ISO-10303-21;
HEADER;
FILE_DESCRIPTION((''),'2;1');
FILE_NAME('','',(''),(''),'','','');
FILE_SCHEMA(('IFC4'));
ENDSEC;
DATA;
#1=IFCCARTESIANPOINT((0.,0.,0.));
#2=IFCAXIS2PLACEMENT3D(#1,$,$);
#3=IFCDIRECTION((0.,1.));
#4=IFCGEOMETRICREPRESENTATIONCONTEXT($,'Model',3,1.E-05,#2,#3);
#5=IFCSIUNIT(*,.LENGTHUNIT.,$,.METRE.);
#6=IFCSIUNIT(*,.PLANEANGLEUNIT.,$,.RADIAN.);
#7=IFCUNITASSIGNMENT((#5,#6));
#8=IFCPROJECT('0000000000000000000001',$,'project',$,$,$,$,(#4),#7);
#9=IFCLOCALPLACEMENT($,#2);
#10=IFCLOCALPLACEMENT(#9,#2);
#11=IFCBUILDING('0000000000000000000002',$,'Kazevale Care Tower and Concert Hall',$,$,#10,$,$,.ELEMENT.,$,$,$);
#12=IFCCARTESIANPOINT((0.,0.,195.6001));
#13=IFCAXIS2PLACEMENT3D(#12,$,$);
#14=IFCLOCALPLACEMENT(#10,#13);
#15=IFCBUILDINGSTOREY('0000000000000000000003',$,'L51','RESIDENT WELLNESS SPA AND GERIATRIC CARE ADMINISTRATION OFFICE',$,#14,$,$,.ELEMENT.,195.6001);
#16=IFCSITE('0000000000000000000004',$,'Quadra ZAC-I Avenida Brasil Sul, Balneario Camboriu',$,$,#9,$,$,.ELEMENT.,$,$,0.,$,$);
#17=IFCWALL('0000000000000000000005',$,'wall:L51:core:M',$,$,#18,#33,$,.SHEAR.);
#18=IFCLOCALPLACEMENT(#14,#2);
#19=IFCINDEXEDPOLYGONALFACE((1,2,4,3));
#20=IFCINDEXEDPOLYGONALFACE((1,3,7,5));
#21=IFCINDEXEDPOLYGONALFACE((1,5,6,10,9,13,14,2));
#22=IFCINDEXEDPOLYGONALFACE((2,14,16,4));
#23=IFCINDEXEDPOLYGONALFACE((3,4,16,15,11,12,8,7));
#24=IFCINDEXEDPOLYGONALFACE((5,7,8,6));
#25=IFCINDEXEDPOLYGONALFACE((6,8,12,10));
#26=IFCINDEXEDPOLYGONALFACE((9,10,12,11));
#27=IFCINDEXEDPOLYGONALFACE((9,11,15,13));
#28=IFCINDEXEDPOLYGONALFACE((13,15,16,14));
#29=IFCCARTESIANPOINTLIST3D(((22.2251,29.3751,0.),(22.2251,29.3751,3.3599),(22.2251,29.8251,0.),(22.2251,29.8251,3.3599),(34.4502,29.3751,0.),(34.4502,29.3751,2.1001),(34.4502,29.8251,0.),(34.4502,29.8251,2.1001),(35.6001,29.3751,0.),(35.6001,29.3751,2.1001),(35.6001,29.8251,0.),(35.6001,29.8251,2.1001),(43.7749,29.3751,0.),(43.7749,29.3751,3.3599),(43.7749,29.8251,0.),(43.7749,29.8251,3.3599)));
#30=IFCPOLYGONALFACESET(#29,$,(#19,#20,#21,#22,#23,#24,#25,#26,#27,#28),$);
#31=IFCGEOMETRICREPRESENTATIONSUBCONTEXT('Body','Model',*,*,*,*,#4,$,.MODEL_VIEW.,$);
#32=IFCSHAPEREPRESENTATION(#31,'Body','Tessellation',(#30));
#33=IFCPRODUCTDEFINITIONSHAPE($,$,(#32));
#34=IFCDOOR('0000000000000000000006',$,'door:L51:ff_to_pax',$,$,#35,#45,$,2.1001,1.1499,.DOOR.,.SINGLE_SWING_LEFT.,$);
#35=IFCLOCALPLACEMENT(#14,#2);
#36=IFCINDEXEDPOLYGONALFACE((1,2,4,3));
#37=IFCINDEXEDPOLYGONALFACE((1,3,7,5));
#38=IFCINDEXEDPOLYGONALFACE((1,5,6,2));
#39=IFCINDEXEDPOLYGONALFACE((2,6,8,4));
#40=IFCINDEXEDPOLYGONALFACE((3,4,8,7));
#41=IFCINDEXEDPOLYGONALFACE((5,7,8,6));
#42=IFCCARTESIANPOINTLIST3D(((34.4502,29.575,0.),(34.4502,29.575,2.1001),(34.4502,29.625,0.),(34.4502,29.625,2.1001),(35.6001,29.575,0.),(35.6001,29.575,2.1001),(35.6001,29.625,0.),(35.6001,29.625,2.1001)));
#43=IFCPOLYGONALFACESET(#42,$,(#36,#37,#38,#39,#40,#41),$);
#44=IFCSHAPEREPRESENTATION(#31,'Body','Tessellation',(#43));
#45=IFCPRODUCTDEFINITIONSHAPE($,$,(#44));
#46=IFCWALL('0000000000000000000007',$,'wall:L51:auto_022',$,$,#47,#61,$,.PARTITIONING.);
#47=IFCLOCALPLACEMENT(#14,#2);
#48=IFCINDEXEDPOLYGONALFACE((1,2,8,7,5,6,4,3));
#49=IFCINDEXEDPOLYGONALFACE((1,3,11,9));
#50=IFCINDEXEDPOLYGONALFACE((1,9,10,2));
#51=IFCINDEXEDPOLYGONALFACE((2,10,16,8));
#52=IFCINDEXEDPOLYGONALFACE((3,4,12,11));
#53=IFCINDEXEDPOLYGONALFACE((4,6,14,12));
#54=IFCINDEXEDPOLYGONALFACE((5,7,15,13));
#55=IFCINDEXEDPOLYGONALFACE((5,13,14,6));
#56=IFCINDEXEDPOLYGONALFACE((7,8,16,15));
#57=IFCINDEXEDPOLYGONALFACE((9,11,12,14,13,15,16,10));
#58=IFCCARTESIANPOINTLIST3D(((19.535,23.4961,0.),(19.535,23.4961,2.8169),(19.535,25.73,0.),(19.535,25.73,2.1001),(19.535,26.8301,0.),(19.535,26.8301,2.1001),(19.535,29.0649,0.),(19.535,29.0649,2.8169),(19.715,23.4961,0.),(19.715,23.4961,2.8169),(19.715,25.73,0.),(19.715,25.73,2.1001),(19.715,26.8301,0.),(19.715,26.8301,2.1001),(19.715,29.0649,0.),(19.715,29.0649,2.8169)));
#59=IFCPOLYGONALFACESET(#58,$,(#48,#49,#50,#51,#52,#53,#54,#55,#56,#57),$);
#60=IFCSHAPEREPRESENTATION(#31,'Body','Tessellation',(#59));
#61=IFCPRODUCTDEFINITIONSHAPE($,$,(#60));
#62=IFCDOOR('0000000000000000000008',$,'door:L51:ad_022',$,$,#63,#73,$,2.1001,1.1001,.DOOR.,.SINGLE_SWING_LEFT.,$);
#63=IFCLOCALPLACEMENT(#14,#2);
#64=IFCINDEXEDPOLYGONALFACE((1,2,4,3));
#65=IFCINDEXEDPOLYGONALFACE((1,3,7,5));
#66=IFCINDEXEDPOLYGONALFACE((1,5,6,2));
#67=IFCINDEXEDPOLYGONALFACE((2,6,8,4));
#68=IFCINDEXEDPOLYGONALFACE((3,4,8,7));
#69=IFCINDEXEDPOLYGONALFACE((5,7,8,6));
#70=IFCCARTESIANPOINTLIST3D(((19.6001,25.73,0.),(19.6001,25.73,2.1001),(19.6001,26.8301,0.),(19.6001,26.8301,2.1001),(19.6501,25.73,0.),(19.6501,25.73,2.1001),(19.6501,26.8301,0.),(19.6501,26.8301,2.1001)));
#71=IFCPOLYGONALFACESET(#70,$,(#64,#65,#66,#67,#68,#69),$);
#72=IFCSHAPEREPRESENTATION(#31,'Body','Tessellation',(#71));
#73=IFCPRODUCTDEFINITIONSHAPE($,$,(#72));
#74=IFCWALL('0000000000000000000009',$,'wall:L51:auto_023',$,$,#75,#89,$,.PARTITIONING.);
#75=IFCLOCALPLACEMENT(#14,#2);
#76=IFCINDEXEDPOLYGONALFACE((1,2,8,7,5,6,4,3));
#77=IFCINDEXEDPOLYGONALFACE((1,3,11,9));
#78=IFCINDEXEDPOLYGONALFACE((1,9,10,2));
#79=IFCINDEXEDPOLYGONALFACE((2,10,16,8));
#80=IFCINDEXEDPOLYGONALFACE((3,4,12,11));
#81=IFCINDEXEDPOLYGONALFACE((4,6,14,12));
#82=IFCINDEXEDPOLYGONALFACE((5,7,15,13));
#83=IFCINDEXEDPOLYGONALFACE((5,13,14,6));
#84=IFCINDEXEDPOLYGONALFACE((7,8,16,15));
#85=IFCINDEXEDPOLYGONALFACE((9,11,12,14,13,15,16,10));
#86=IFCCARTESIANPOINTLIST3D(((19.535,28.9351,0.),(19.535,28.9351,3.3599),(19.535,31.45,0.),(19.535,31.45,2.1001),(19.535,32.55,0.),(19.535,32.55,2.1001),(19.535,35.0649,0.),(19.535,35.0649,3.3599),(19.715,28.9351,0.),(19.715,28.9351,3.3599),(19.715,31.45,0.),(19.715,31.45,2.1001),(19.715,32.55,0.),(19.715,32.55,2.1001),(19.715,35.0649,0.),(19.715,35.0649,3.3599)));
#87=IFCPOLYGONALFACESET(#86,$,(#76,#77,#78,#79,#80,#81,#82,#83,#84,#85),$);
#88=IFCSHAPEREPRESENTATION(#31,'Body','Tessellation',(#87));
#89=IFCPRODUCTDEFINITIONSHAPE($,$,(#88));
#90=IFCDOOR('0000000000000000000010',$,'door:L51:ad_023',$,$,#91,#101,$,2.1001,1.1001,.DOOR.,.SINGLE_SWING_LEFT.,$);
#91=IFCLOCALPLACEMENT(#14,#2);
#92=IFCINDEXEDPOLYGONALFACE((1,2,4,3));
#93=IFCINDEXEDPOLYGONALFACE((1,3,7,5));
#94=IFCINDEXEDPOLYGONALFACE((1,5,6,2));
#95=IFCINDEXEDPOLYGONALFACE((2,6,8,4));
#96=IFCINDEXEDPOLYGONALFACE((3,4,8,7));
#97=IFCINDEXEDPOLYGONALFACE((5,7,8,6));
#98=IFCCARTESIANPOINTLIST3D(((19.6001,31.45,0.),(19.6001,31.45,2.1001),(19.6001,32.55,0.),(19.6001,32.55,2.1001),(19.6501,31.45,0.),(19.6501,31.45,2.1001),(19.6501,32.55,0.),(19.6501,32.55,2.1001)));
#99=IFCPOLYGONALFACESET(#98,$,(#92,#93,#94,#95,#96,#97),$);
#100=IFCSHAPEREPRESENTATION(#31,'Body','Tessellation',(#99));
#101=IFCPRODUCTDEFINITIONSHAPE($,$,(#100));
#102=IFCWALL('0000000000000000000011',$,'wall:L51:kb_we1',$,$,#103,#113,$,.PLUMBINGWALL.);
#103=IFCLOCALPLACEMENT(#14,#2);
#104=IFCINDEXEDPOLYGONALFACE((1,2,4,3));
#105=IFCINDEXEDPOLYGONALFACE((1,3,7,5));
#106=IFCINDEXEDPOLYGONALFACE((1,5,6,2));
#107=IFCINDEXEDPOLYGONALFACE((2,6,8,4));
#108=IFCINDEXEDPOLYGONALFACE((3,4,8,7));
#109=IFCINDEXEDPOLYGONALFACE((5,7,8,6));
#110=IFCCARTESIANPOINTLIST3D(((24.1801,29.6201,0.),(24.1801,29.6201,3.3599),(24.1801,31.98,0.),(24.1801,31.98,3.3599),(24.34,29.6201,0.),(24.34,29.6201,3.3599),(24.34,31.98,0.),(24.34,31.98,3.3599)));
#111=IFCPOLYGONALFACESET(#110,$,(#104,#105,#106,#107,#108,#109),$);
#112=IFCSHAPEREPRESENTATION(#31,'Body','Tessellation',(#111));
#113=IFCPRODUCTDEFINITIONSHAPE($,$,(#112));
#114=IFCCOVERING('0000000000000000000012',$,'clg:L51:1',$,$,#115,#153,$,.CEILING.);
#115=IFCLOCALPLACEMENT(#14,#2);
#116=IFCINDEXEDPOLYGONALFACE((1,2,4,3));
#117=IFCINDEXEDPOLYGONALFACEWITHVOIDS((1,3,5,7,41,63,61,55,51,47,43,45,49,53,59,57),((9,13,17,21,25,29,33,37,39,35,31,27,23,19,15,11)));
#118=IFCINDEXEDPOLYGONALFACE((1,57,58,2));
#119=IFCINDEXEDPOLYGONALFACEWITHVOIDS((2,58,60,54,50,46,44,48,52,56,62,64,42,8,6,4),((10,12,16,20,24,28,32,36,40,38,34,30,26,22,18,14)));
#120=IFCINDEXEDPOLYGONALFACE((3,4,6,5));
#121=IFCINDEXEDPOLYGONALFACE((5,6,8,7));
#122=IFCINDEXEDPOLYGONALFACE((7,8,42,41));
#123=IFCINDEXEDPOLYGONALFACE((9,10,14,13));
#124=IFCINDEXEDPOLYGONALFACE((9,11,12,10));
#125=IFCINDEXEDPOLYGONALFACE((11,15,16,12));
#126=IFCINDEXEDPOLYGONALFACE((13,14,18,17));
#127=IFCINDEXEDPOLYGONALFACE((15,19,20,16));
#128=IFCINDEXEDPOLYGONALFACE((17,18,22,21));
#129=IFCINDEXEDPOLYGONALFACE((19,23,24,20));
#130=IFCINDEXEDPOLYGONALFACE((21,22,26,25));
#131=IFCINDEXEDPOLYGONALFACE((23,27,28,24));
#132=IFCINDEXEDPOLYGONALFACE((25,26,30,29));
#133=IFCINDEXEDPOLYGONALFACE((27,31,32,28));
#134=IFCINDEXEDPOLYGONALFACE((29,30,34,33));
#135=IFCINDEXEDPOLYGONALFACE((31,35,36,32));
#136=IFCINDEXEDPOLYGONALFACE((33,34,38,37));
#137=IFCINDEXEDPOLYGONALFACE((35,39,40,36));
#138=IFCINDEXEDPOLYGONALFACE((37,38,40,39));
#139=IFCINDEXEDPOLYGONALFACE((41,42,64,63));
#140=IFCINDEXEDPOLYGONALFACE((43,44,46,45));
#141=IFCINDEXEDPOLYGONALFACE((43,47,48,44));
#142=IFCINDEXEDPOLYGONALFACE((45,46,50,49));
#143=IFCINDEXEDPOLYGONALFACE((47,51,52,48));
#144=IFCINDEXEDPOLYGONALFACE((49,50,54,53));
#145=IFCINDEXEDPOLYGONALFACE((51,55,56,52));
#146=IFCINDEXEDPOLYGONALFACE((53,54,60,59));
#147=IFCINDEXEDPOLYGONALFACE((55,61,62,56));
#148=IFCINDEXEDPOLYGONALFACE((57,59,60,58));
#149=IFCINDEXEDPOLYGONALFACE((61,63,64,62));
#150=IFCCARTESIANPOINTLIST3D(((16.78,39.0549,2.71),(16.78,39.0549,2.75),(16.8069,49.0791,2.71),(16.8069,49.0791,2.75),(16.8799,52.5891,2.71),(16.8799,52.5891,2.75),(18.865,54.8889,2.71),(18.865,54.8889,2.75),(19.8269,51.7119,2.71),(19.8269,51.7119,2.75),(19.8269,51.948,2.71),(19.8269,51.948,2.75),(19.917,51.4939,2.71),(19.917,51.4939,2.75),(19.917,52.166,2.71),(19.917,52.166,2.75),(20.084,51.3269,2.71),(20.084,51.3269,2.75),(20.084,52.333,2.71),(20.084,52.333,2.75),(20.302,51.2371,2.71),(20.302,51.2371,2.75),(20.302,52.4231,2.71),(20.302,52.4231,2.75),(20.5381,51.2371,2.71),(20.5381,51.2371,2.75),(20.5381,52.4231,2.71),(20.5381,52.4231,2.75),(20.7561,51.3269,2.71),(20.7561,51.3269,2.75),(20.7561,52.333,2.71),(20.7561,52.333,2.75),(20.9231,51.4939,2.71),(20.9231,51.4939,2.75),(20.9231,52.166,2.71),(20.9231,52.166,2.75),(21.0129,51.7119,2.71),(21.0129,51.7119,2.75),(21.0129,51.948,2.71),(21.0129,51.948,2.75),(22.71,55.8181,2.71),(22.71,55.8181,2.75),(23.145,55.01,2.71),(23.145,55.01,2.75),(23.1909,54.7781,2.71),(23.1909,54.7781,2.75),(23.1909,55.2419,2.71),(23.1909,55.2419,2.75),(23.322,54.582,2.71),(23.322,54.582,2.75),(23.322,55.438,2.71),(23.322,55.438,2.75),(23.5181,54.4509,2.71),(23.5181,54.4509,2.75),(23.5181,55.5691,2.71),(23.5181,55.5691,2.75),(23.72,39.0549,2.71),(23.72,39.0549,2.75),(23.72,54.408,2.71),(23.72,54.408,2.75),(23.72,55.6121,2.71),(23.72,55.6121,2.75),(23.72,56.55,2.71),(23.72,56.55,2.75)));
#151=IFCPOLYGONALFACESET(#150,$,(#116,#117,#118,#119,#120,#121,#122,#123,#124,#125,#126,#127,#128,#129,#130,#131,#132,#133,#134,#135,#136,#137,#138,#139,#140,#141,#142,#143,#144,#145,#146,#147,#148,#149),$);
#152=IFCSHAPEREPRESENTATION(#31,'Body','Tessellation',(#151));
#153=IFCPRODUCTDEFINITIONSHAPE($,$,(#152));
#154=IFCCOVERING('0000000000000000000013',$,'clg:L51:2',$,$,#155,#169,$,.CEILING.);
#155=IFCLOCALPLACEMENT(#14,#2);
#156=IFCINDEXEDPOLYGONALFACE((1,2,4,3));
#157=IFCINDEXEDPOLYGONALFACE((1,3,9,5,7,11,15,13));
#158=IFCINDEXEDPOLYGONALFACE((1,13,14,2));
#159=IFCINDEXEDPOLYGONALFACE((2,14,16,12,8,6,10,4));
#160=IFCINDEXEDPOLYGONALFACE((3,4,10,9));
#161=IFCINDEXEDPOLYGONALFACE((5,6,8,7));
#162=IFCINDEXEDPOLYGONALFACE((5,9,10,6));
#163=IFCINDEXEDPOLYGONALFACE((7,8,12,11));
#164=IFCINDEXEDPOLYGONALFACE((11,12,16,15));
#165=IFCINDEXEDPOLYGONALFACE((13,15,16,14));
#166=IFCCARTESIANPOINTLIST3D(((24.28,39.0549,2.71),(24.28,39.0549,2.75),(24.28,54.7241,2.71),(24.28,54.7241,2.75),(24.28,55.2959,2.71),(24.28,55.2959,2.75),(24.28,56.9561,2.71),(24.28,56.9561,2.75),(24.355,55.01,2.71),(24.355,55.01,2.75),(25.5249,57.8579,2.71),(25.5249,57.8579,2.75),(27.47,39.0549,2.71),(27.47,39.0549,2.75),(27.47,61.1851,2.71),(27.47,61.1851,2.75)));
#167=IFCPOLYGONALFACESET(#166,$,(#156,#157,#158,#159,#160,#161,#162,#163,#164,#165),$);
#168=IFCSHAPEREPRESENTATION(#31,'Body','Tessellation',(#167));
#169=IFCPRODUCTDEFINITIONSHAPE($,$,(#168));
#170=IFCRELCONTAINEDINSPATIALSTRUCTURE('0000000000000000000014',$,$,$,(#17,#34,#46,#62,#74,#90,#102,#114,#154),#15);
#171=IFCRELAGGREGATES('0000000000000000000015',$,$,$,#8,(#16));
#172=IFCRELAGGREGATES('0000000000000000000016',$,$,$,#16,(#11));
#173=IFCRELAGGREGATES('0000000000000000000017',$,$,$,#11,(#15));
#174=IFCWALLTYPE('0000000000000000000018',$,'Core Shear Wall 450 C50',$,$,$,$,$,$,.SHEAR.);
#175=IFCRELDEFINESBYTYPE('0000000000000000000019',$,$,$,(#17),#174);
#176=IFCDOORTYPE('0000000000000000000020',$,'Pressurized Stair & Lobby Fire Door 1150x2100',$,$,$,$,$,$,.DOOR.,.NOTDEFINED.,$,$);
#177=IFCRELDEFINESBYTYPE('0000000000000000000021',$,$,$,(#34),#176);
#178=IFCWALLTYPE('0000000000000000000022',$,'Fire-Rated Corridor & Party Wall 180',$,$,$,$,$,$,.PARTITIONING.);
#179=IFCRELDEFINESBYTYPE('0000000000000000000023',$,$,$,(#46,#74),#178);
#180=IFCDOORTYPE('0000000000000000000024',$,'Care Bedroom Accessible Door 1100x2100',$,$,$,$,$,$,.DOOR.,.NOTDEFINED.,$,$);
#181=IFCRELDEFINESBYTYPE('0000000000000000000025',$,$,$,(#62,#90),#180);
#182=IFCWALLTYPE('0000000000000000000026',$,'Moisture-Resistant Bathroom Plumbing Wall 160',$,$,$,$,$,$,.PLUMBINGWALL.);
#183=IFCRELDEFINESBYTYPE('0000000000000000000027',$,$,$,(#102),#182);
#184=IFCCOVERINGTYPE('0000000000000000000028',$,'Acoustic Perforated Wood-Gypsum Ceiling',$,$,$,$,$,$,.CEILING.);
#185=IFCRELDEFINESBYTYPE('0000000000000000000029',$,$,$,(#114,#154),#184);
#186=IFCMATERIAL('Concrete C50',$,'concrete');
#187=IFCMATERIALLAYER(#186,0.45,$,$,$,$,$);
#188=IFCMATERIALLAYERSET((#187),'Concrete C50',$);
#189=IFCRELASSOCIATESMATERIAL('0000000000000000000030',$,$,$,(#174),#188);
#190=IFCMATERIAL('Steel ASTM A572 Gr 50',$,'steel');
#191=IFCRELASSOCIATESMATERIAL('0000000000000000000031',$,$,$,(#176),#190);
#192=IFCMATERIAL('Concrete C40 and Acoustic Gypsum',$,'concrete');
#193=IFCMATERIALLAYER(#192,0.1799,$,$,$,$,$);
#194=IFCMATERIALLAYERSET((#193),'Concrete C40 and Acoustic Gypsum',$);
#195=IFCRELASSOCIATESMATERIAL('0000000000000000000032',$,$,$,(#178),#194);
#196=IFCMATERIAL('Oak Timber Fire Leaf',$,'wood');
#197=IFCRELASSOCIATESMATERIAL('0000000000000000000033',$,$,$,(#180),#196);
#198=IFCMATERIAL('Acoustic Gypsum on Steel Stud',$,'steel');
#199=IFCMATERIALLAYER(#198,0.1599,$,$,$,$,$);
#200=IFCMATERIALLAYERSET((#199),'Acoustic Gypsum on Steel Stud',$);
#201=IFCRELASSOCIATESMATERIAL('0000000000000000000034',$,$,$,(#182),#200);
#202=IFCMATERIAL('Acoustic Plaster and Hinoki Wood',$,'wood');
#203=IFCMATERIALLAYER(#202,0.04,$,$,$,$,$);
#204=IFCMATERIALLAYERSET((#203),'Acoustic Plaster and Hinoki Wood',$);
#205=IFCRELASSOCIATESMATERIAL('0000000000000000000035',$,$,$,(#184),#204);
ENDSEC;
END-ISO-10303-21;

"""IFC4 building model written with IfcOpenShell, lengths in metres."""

from ifc_helpers import new_model, si_unit, direction, frame, frame_2d, origin, place, context, subcontext, project, spatial, polyline, rectangle, outline, extrude, material, layer, layer_set, type_object, element, fill, save


model = new_model("IFC4")

# Units and contexts
model_context = context("Model", 3, precision=1e-05, world=origin(), true_north=direction((0.0, 1.0)))
body_context = subcontext(model_context, "Body", "Model", "MODEL_VIEW")
ifc_project = project(units=[si_unit("LENGTHUNIT", "METRE"), si_unit("PLANEANGLEUNIT", "RADIAN")], contexts=[model_context])

# Site, building, storey
site_placement = place(None, origin())
site = spatial("IfcSite", under=ifc_project, at=site_placement, Name="Quadra ZAC-I Avenida Brasil Sul, Balneario Camboriu", CompositionType="ELEMENT", RefElevation=0.0)
building_placement = place(site_placement, origin())
building = spatial("IfcBuilding", under=site, at=building_placement, Name="Kazevale Care Tower and Concert Hall", CompositionType="ELEMENT")
storey_placement = place(building_placement, frame((0.0, 0.0, 195.6001)))
storey = spatial("IfcBuildingStorey", under=building, at=storey_placement, Name="L51", Description="RESIDENT WELLNESS SPA AND GERIATRIC CARE ADMINISTRATION OFFICE", CompositionType="ELEMENT", Elevation=195.6001)

# Shared definitions
ifc_material_1 = material(Name="Concrete C50", Category="concrete")

# Shared definitions
ifc_material_2 = material(Name="Steel ASTM A572 Gr 50", Category="steel")

# Shared definitions
ifc_material_3 = material(Name="Acoustic Gypsum on Steel Stud", Category="steel")
ifc_layer_1 = layer(ifc_material_1, 0.45)
ifc_layer_set_1 = layer_set([ifc_layer_1], Name="Concrete C50")
wall_type_1 = type_object("IfcWallType", Name="Core Shear Wall 450 C50", PredefinedType="SHEAR", material=ifc_layer_set_1)

# Walls, openings, doors
wall_1_placement = place(storey_placement, frame((22.2251, 29.6001, 0.0), z_axis=(0.0, 0.0, 1.0), x_axis=(1.0, 0.0, 0.0)))
wall_1 = element("IfcWall", 1, at=wall_1_placement, inside=storey, type_object=wall_type_1, Name="wall:L51:core:M", PredefinedType="SHEAR", context=body_context, shape_type="SweptSolid", body=[
    extrude(rectangle(XDim=21.5498, YDim=0.45, at=frame_2d((10.7749, 0.0))), origin(), (0.0, 0.0, 1.0), 3.3599),
])
opening_1_placement = place(wall_1_placement, frame((12.2251, 0.0, 0.0)))
opening_1 = element("IfcOpeningElement", 2, at=opening_1_placement, cuts=wall_1, PredefinedType="OPENING", context=body_context, shape_type="SweptSolid", body=[
    extrude(rectangle(XDim=1.1499, YDim=2.1001, at=frame_2d((0.575, 1.05))), frame((0.0, 0.2349, 0.0), z_axis=(0.0, -1.0, 0.0), x_axis=(1.0, 0.0, 0.0)), (0.0, 0.0, 1.0), 0.47),
])
door_type_1 = type_object("IfcDoorType", Name="Pressurized Stair & Lobby Fire Door 1150x2100", OperationType="NOTDEFINED", PredefinedType="DOOR", material=ifc_material_2)
door_1_placement = place(opening_1_placement, origin())
door_1 = element("IfcDoor", 3, at=door_1_placement, inside=storey, type_object=door_type_1, Name="door:L51:ff_to_pax", OperationType="SINGLE_SWING_LEFT", OverallHeight=2.1001, OverallWidth=1.1499, PredefinedType="DOOR", context=body_context, shape_type="SweptSolid", body=[
    extrude(rectangle(XDim=1.1499, YDim=2.1001, at=frame_2d((0.575, 1.05))), frame((0.0, 0.0249, 0.0), z_axis=(0.0, -1.0, 0.0), x_axis=(1.0, 0.0, 0.0)), (0.0, 0.0, 1.0), 0.05),
])
fill(opening_1, door_1)
ifc_material_4 = material(Name="Concrete C40 and Acoustic Gypsum", Category="concrete")
ifc_layer_2 = layer(ifc_material_4, 0.1799)
ifc_layer_set_2 = layer_set([ifc_layer_2], Name="Concrete C40 and Acoustic Gypsum")
wall_type_2 = type_object("IfcWallType", Name="Fire-Rated Corridor & Party Wall 180", PredefinedType="PARTITIONING", material=ifc_layer_set_2)
wall_2_placement = place(storey_placement, frame((19.625, 23.4961, 0.0), z_axis=(0.0, 0.0, 1.0), x_axis=(0.0, 1.0, 0.0)))
wall_2 = element("IfcWall", 4, at=wall_2_placement, inside=storey, type_object=wall_type_2, Name="wall:L51:auto_022", PredefinedType="PARTITIONING", context=body_context, shape_type="SweptSolid", body=[
    extrude(rectangle(XDim=5.5688, YDim=0.1799, at=frame_2d((2.7844, 0.0))), origin(), (0.0, 0.0, 1.0), 2.8169),
])
opening_2_placement = place(wall_2_placement, frame((2.2339, 0.0, 0.0)))
opening_2 = element("IfcOpeningElement", 5, at=opening_2_placement, cuts=wall_2, PredefinedType="OPENING", context=body_context, shape_type="SweptSolid", body=[
    extrude(rectangle(XDim=1.1001, YDim=2.1001, at=frame_2d((0.55, 1.05))), frame((0.0, 0.0999, 0.0), z_axis=(0.0, -1.0, 0.0), x_axis=(1.0, 0.0, 0.0)), (0.0, 0.0, 1.0), 0.2),
])
ifc_material_5 = material(Name="Oak Timber Fire Leaf", Category="wood")
door_type_2 = type_object("IfcDoorType", Name="Care Bedroom Accessible Door 1100x2100", OperationType="NOTDEFINED", PredefinedType="DOOR", material=ifc_material_5)
door_2_placement = place(opening_2_placement, origin())
door_2 = element("IfcDoor", 6, at=door_2_placement, inside=storey, type_object=door_type_2, Name="door:L51:ad_022", OperationType="SINGLE_SWING_LEFT", OverallHeight=2.1001, OverallWidth=1.1001, PredefinedType="DOOR", context=body_context, shape_type="SweptSolid", body=[
    extrude(rectangle(XDim=1.1001, YDim=2.1001, at=frame_2d((0.55, 1.05))), frame((0.0, 0.0249, 0.0), z_axis=(0.0, -1.0, 0.0), x_axis=(1.0, 0.0, 0.0)), (0.0, 0.0, 1.0), 0.05),
])
fill(opening_2, door_2)
wall_3_placement = place(storey_placement, frame((19.625, 28.9351, 0.0), z_axis=(0.0, 0.0, 1.0), x_axis=(0.0, 1.0, 0.0)))
wall_3 = element("IfcWall", 7, at=wall_3_placement, inside=storey, type_object=wall_type_2, Name="wall:L51:auto_023", PredefinedType="PARTITIONING", context=body_context, shape_type="SweptSolid", body=[
    extrude(rectangle(XDim=6.1299, YDim=0.1799, at=frame_2d((3.0649, 0.0))), origin(), (0.0, 0.0, 1.0), 3.3599),
])
opening_3_placement = place(wall_3_placement, frame((2.5149, 0.0, 0.0)))
opening_3 = element("IfcOpeningElement", 8, at=opening_3_placement, cuts=wall_3, PredefinedType="OPENING", context=body_context, shape_type="SweptSolid", body=[
    extrude(rectangle(XDim=1.1001, YDim=2.1001, at=frame_2d((0.55, 1.05))), frame((0.0, 0.0999, 0.0), z_axis=(0.0, -1.0, 0.0), x_axis=(1.0, 0.0, 0.0)), (0.0, 0.0, 1.0), 0.2),
])
door_3_placement = place(opening_3_placement, origin())
door_3 = element("IfcDoor", 9, at=door_3_placement, inside=storey, type_object=door_type_2, Name="door:L51:ad_023", OperationType="SINGLE_SWING_LEFT", OverallHeight=2.1001, OverallWidth=1.1001, PredefinedType="DOOR", context=body_context, shape_type="SweptSolid", body=[
    extrude(rectangle(XDim=1.1001, YDim=2.1001, at=frame_2d((0.55, 1.05))), frame((0.0, 0.0249, 0.0), z_axis=(0.0, -1.0, 0.0), x_axis=(1.0, 0.0, 0.0)), (0.0, 0.0, 1.0), 0.05),
])
fill(opening_3, door_3)

# Wall
ifc_layer_3 = layer(ifc_material_3, 0.1599)
ifc_layer_set_3 = layer_set([ifc_layer_3], Name="Acoustic Gypsum on Steel Stud")
wall_type_3 = type_object("IfcWallType", Name="Moisture-Resistant Bathroom Plumbing Wall 160", PredefinedType="PLUMBINGWALL", material=ifc_layer_set_3)
wall_4_placement = place(storey_placement, frame((24.26, 29.6201, 0.0), z_axis=(0.0, 0.0, 1.0), x_axis=(0.0, 1.0, 0.0)))
element("IfcWall", 10, at=wall_4_placement, inside=storey, type_object=wall_type_3, Name="wall:L51:kb_we1", PredefinedType="PLUMBINGWALL", context=body_context, shape_type="SweptSolid", body=[
    extrude(rectangle(XDim=2.3599, YDim=0.1599, at=frame_2d((1.1799, 0.0))), origin(), (0.0, 0.0, 1.0), 3.3599),
])

# Coverings
ifc_material_6 = material(Name="Acoustic Plaster and Hinoki Wood", Category="wood")
ifc_layer_4 = layer(ifc_material_6, 0.04)
ifc_layer_set_4 = layer_set([ifc_layer_4], Name="Acoustic Plaster and Hinoki Wood")
covering_type = type_object("IfcCoveringType", Name="Acoustic Perforated Wood-Gypsum Ceiling", PredefinedType="CEILING", material=ifc_layer_set_4)
covering_1_placement = place(storey_placement, frame((0.0, 0.0, 2.71)))
element("IfcCovering", 11, at=covering_1_placement, inside=storey, type_object=covering_type, Name="clg:L51:1", PredefinedType="CEILING", context=body_context, shape_type="SweptSolid", body=[
    extrude(outline(polyline([(16.8069, 49.0791), (16.8799, 52.5891), (18.865, 54.8889), (22.71, 55.8181), (23.72, 56.55), (23.72, 55.6121), (23.5181, 55.5691), (23.322, 55.438), (23.1909, 55.2419), (23.145, 55.01), (23.1909, 54.7781), (23.322, 54.582), (23.5181, 54.4509), (23.72, 54.408), (23.72, 39.0549), (16.78, 39.0549), (16.8069, 49.0791)]), holes=[polyline([(21.0129, 51.948), (20.9231, 52.166), (20.7561, 52.333), (20.5381, 52.4231), (20.302, 52.4231), (20.084, 52.333), (19.917, 52.166), (19.8269, 51.948), (19.8269, 51.7119), (19.917, 51.4939), (20.084, 51.3269), (20.302, 51.2371), (20.5381, 51.2371), (20.7561, 51.3269), (20.9231, 51.4939), (21.0129, 51.7119), (21.0129, 51.948)])]), origin(), (0.0, 0.0, 1.0), 0.04),
])
covering_2_placement = place(storey_placement, frame((0.0, 0.0, 2.71)))
element("IfcCovering", 12, at=covering_2_placement, inside=storey, type_object=covering_type, Name="clg:L51:2", PredefinedType="CEILING", context=body_context, shape_type="SweptSolid", body=[
    extrude(outline(polyline([(27.47, 61.1851), (27.47, 39.0549), (24.28, 39.0549), (24.28, 54.7241), (24.355, 55.01), (24.28, 55.2959), (24.28, 56.9561), (25.5249, 57.8579), (27.47, 61.1851)])), origin(), (0.0, 0.0, 1.0), 0.04),
])

save(model, "model.ifc")
